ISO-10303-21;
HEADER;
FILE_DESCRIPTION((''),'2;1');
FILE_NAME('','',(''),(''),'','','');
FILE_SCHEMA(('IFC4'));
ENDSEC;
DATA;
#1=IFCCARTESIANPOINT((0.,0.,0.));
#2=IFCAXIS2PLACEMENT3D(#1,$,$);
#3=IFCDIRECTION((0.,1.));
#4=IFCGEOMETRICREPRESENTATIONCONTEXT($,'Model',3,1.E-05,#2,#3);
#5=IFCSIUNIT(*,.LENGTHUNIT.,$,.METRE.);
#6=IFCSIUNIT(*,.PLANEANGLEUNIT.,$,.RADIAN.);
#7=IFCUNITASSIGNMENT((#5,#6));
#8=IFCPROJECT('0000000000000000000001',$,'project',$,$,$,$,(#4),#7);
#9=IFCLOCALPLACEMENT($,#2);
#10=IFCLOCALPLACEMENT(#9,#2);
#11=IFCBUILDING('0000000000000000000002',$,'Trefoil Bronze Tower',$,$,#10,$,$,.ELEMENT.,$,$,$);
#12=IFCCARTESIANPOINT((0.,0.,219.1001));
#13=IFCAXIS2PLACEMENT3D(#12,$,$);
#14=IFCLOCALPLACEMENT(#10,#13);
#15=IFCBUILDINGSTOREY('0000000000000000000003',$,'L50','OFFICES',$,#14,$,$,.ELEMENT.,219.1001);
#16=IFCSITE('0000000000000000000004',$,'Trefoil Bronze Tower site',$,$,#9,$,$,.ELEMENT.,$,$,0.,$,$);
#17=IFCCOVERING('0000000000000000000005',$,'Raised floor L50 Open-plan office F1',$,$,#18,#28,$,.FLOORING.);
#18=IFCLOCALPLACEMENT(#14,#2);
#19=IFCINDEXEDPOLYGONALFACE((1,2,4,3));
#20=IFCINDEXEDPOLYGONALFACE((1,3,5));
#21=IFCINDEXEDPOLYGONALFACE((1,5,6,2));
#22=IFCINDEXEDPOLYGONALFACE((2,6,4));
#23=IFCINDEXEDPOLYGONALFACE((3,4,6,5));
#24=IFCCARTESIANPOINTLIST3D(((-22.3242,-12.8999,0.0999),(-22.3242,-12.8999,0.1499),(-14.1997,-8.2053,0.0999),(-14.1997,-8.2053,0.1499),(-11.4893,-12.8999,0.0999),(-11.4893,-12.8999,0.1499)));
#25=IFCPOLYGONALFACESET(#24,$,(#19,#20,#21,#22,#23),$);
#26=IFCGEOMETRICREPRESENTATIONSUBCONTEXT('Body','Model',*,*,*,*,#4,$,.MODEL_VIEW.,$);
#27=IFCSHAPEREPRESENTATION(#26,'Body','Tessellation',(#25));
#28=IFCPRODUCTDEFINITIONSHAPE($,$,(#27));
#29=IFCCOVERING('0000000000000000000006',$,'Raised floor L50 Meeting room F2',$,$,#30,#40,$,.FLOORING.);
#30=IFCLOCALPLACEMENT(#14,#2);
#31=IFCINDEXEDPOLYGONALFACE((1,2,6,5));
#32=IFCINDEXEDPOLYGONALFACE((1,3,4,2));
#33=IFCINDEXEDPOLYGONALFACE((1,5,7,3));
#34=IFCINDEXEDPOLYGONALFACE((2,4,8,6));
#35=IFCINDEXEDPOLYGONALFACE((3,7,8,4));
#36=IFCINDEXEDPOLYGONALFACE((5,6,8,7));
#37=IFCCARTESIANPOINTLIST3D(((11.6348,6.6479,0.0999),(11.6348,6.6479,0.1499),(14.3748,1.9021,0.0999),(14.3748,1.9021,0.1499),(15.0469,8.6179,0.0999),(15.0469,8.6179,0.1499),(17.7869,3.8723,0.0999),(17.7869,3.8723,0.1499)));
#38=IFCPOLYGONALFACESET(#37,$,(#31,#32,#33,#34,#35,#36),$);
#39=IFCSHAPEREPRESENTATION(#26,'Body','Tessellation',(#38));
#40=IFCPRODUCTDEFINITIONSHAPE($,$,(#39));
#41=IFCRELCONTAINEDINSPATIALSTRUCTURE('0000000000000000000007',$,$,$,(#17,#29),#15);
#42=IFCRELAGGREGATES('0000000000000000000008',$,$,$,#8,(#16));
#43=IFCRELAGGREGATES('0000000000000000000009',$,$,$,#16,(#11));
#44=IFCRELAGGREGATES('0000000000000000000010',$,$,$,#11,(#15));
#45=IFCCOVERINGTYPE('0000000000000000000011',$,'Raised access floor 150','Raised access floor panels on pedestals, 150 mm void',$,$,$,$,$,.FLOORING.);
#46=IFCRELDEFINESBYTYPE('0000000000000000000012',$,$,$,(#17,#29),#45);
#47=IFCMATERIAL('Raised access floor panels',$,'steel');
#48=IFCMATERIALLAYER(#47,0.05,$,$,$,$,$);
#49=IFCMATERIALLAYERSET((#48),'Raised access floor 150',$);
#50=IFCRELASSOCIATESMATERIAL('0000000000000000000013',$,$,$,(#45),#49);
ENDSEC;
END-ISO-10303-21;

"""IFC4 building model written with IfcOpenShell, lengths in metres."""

from ifc_helpers import new_model, si_unit, direction, frame, origin, place, context, subcontext, project, spatial, polyline, outline, extrude, material, layer, layer_set, type_object, element, save


model = new_model("IFC4")

# Units and contexts
model_context = context("Model", 3, precision=1e-05, world=origin(), true_north=direction((0.0, 1.0)))
body_context = subcontext(model_context, "Body", "Model", "MODEL_VIEW")
ifc_project = project(units=[si_unit("LENGTHUNIT", "METRE"), si_unit("PLANEANGLEUNIT", "RADIAN")], contexts=[model_context])

# Site, building, storey
site_placement = place(None, origin())
site = spatial("IfcSite", under=ifc_project, at=site_placement, Name="Trefoil Bronze Tower site", CompositionType="ELEMENT", RefElevation=0.0)
building_placement = place(site_placement, origin())
building = spatial("IfcBuilding", under=site, at=building_placement, Name="Trefoil Bronze Tower", CompositionType="ELEMENT")
storey_placement = place(building_placement, frame((0.0, 0.0, 219.1001)))
storey = spatial("IfcBuildingStorey", under=building, at=storey_placement, Name="L50", Description="OFFICES", CompositionType="ELEMENT", Elevation=219.1001)

# Coverings
ifc_material_1 = material(Name="Raised access floor panels", Category="steel")
ifc_layer_1 = layer(ifc_material_1, 0.05)
ifc_layer_set_1 = layer_set([ifc_layer_1], Name="Raised access floor 150")
covering_type_1 = type_object("IfcCoveringType", Name="Raised access floor 150", Description="Raised access floor panels on pedestals, 150 mm void", PredefinedType="FLOORING", material=ifc_layer_set_1)
covering_1_placement = place(storey_placement, frame((0.0, 0.0, 0.0999)))
element("IfcCovering", 1, at=covering_1_placement, inside=storey, type_object=covering_type_1, Name="Raised floor L50 Open-plan office F1", PredefinedType="FLOORING", context=body_context, shape_type="SweptSolid", body=[
    extrude(outline(polyline([(-22.3242, -12.8999), (-14.1997, -8.2053), (-11.4893, -12.8999), (-22.3242, -12.8999)])), origin(), (0.0, 0.0, 1.0), 0.05),
])
covering_2_placement = place(storey_placement, frame((0.0, 0.0, 0.0999)))
element("IfcCovering", 2, at=covering_2_placement, inside=storey, type_object=covering_type_1, Name="Raised floor L50 Meeting room F2", PredefinedType="FLOORING", context=body_context, shape_type="SweptSolid", body=[
    extrude(outline(polyline([(11.6348, 6.6479), (15.0469, 8.6179), (17.7869, 3.8723), (14.3748, 1.9021), (11.6348, 6.6479)])), origin(), (0.0, 0.0, 1.0), 0.05),
])

save(model, "model.ifc")
